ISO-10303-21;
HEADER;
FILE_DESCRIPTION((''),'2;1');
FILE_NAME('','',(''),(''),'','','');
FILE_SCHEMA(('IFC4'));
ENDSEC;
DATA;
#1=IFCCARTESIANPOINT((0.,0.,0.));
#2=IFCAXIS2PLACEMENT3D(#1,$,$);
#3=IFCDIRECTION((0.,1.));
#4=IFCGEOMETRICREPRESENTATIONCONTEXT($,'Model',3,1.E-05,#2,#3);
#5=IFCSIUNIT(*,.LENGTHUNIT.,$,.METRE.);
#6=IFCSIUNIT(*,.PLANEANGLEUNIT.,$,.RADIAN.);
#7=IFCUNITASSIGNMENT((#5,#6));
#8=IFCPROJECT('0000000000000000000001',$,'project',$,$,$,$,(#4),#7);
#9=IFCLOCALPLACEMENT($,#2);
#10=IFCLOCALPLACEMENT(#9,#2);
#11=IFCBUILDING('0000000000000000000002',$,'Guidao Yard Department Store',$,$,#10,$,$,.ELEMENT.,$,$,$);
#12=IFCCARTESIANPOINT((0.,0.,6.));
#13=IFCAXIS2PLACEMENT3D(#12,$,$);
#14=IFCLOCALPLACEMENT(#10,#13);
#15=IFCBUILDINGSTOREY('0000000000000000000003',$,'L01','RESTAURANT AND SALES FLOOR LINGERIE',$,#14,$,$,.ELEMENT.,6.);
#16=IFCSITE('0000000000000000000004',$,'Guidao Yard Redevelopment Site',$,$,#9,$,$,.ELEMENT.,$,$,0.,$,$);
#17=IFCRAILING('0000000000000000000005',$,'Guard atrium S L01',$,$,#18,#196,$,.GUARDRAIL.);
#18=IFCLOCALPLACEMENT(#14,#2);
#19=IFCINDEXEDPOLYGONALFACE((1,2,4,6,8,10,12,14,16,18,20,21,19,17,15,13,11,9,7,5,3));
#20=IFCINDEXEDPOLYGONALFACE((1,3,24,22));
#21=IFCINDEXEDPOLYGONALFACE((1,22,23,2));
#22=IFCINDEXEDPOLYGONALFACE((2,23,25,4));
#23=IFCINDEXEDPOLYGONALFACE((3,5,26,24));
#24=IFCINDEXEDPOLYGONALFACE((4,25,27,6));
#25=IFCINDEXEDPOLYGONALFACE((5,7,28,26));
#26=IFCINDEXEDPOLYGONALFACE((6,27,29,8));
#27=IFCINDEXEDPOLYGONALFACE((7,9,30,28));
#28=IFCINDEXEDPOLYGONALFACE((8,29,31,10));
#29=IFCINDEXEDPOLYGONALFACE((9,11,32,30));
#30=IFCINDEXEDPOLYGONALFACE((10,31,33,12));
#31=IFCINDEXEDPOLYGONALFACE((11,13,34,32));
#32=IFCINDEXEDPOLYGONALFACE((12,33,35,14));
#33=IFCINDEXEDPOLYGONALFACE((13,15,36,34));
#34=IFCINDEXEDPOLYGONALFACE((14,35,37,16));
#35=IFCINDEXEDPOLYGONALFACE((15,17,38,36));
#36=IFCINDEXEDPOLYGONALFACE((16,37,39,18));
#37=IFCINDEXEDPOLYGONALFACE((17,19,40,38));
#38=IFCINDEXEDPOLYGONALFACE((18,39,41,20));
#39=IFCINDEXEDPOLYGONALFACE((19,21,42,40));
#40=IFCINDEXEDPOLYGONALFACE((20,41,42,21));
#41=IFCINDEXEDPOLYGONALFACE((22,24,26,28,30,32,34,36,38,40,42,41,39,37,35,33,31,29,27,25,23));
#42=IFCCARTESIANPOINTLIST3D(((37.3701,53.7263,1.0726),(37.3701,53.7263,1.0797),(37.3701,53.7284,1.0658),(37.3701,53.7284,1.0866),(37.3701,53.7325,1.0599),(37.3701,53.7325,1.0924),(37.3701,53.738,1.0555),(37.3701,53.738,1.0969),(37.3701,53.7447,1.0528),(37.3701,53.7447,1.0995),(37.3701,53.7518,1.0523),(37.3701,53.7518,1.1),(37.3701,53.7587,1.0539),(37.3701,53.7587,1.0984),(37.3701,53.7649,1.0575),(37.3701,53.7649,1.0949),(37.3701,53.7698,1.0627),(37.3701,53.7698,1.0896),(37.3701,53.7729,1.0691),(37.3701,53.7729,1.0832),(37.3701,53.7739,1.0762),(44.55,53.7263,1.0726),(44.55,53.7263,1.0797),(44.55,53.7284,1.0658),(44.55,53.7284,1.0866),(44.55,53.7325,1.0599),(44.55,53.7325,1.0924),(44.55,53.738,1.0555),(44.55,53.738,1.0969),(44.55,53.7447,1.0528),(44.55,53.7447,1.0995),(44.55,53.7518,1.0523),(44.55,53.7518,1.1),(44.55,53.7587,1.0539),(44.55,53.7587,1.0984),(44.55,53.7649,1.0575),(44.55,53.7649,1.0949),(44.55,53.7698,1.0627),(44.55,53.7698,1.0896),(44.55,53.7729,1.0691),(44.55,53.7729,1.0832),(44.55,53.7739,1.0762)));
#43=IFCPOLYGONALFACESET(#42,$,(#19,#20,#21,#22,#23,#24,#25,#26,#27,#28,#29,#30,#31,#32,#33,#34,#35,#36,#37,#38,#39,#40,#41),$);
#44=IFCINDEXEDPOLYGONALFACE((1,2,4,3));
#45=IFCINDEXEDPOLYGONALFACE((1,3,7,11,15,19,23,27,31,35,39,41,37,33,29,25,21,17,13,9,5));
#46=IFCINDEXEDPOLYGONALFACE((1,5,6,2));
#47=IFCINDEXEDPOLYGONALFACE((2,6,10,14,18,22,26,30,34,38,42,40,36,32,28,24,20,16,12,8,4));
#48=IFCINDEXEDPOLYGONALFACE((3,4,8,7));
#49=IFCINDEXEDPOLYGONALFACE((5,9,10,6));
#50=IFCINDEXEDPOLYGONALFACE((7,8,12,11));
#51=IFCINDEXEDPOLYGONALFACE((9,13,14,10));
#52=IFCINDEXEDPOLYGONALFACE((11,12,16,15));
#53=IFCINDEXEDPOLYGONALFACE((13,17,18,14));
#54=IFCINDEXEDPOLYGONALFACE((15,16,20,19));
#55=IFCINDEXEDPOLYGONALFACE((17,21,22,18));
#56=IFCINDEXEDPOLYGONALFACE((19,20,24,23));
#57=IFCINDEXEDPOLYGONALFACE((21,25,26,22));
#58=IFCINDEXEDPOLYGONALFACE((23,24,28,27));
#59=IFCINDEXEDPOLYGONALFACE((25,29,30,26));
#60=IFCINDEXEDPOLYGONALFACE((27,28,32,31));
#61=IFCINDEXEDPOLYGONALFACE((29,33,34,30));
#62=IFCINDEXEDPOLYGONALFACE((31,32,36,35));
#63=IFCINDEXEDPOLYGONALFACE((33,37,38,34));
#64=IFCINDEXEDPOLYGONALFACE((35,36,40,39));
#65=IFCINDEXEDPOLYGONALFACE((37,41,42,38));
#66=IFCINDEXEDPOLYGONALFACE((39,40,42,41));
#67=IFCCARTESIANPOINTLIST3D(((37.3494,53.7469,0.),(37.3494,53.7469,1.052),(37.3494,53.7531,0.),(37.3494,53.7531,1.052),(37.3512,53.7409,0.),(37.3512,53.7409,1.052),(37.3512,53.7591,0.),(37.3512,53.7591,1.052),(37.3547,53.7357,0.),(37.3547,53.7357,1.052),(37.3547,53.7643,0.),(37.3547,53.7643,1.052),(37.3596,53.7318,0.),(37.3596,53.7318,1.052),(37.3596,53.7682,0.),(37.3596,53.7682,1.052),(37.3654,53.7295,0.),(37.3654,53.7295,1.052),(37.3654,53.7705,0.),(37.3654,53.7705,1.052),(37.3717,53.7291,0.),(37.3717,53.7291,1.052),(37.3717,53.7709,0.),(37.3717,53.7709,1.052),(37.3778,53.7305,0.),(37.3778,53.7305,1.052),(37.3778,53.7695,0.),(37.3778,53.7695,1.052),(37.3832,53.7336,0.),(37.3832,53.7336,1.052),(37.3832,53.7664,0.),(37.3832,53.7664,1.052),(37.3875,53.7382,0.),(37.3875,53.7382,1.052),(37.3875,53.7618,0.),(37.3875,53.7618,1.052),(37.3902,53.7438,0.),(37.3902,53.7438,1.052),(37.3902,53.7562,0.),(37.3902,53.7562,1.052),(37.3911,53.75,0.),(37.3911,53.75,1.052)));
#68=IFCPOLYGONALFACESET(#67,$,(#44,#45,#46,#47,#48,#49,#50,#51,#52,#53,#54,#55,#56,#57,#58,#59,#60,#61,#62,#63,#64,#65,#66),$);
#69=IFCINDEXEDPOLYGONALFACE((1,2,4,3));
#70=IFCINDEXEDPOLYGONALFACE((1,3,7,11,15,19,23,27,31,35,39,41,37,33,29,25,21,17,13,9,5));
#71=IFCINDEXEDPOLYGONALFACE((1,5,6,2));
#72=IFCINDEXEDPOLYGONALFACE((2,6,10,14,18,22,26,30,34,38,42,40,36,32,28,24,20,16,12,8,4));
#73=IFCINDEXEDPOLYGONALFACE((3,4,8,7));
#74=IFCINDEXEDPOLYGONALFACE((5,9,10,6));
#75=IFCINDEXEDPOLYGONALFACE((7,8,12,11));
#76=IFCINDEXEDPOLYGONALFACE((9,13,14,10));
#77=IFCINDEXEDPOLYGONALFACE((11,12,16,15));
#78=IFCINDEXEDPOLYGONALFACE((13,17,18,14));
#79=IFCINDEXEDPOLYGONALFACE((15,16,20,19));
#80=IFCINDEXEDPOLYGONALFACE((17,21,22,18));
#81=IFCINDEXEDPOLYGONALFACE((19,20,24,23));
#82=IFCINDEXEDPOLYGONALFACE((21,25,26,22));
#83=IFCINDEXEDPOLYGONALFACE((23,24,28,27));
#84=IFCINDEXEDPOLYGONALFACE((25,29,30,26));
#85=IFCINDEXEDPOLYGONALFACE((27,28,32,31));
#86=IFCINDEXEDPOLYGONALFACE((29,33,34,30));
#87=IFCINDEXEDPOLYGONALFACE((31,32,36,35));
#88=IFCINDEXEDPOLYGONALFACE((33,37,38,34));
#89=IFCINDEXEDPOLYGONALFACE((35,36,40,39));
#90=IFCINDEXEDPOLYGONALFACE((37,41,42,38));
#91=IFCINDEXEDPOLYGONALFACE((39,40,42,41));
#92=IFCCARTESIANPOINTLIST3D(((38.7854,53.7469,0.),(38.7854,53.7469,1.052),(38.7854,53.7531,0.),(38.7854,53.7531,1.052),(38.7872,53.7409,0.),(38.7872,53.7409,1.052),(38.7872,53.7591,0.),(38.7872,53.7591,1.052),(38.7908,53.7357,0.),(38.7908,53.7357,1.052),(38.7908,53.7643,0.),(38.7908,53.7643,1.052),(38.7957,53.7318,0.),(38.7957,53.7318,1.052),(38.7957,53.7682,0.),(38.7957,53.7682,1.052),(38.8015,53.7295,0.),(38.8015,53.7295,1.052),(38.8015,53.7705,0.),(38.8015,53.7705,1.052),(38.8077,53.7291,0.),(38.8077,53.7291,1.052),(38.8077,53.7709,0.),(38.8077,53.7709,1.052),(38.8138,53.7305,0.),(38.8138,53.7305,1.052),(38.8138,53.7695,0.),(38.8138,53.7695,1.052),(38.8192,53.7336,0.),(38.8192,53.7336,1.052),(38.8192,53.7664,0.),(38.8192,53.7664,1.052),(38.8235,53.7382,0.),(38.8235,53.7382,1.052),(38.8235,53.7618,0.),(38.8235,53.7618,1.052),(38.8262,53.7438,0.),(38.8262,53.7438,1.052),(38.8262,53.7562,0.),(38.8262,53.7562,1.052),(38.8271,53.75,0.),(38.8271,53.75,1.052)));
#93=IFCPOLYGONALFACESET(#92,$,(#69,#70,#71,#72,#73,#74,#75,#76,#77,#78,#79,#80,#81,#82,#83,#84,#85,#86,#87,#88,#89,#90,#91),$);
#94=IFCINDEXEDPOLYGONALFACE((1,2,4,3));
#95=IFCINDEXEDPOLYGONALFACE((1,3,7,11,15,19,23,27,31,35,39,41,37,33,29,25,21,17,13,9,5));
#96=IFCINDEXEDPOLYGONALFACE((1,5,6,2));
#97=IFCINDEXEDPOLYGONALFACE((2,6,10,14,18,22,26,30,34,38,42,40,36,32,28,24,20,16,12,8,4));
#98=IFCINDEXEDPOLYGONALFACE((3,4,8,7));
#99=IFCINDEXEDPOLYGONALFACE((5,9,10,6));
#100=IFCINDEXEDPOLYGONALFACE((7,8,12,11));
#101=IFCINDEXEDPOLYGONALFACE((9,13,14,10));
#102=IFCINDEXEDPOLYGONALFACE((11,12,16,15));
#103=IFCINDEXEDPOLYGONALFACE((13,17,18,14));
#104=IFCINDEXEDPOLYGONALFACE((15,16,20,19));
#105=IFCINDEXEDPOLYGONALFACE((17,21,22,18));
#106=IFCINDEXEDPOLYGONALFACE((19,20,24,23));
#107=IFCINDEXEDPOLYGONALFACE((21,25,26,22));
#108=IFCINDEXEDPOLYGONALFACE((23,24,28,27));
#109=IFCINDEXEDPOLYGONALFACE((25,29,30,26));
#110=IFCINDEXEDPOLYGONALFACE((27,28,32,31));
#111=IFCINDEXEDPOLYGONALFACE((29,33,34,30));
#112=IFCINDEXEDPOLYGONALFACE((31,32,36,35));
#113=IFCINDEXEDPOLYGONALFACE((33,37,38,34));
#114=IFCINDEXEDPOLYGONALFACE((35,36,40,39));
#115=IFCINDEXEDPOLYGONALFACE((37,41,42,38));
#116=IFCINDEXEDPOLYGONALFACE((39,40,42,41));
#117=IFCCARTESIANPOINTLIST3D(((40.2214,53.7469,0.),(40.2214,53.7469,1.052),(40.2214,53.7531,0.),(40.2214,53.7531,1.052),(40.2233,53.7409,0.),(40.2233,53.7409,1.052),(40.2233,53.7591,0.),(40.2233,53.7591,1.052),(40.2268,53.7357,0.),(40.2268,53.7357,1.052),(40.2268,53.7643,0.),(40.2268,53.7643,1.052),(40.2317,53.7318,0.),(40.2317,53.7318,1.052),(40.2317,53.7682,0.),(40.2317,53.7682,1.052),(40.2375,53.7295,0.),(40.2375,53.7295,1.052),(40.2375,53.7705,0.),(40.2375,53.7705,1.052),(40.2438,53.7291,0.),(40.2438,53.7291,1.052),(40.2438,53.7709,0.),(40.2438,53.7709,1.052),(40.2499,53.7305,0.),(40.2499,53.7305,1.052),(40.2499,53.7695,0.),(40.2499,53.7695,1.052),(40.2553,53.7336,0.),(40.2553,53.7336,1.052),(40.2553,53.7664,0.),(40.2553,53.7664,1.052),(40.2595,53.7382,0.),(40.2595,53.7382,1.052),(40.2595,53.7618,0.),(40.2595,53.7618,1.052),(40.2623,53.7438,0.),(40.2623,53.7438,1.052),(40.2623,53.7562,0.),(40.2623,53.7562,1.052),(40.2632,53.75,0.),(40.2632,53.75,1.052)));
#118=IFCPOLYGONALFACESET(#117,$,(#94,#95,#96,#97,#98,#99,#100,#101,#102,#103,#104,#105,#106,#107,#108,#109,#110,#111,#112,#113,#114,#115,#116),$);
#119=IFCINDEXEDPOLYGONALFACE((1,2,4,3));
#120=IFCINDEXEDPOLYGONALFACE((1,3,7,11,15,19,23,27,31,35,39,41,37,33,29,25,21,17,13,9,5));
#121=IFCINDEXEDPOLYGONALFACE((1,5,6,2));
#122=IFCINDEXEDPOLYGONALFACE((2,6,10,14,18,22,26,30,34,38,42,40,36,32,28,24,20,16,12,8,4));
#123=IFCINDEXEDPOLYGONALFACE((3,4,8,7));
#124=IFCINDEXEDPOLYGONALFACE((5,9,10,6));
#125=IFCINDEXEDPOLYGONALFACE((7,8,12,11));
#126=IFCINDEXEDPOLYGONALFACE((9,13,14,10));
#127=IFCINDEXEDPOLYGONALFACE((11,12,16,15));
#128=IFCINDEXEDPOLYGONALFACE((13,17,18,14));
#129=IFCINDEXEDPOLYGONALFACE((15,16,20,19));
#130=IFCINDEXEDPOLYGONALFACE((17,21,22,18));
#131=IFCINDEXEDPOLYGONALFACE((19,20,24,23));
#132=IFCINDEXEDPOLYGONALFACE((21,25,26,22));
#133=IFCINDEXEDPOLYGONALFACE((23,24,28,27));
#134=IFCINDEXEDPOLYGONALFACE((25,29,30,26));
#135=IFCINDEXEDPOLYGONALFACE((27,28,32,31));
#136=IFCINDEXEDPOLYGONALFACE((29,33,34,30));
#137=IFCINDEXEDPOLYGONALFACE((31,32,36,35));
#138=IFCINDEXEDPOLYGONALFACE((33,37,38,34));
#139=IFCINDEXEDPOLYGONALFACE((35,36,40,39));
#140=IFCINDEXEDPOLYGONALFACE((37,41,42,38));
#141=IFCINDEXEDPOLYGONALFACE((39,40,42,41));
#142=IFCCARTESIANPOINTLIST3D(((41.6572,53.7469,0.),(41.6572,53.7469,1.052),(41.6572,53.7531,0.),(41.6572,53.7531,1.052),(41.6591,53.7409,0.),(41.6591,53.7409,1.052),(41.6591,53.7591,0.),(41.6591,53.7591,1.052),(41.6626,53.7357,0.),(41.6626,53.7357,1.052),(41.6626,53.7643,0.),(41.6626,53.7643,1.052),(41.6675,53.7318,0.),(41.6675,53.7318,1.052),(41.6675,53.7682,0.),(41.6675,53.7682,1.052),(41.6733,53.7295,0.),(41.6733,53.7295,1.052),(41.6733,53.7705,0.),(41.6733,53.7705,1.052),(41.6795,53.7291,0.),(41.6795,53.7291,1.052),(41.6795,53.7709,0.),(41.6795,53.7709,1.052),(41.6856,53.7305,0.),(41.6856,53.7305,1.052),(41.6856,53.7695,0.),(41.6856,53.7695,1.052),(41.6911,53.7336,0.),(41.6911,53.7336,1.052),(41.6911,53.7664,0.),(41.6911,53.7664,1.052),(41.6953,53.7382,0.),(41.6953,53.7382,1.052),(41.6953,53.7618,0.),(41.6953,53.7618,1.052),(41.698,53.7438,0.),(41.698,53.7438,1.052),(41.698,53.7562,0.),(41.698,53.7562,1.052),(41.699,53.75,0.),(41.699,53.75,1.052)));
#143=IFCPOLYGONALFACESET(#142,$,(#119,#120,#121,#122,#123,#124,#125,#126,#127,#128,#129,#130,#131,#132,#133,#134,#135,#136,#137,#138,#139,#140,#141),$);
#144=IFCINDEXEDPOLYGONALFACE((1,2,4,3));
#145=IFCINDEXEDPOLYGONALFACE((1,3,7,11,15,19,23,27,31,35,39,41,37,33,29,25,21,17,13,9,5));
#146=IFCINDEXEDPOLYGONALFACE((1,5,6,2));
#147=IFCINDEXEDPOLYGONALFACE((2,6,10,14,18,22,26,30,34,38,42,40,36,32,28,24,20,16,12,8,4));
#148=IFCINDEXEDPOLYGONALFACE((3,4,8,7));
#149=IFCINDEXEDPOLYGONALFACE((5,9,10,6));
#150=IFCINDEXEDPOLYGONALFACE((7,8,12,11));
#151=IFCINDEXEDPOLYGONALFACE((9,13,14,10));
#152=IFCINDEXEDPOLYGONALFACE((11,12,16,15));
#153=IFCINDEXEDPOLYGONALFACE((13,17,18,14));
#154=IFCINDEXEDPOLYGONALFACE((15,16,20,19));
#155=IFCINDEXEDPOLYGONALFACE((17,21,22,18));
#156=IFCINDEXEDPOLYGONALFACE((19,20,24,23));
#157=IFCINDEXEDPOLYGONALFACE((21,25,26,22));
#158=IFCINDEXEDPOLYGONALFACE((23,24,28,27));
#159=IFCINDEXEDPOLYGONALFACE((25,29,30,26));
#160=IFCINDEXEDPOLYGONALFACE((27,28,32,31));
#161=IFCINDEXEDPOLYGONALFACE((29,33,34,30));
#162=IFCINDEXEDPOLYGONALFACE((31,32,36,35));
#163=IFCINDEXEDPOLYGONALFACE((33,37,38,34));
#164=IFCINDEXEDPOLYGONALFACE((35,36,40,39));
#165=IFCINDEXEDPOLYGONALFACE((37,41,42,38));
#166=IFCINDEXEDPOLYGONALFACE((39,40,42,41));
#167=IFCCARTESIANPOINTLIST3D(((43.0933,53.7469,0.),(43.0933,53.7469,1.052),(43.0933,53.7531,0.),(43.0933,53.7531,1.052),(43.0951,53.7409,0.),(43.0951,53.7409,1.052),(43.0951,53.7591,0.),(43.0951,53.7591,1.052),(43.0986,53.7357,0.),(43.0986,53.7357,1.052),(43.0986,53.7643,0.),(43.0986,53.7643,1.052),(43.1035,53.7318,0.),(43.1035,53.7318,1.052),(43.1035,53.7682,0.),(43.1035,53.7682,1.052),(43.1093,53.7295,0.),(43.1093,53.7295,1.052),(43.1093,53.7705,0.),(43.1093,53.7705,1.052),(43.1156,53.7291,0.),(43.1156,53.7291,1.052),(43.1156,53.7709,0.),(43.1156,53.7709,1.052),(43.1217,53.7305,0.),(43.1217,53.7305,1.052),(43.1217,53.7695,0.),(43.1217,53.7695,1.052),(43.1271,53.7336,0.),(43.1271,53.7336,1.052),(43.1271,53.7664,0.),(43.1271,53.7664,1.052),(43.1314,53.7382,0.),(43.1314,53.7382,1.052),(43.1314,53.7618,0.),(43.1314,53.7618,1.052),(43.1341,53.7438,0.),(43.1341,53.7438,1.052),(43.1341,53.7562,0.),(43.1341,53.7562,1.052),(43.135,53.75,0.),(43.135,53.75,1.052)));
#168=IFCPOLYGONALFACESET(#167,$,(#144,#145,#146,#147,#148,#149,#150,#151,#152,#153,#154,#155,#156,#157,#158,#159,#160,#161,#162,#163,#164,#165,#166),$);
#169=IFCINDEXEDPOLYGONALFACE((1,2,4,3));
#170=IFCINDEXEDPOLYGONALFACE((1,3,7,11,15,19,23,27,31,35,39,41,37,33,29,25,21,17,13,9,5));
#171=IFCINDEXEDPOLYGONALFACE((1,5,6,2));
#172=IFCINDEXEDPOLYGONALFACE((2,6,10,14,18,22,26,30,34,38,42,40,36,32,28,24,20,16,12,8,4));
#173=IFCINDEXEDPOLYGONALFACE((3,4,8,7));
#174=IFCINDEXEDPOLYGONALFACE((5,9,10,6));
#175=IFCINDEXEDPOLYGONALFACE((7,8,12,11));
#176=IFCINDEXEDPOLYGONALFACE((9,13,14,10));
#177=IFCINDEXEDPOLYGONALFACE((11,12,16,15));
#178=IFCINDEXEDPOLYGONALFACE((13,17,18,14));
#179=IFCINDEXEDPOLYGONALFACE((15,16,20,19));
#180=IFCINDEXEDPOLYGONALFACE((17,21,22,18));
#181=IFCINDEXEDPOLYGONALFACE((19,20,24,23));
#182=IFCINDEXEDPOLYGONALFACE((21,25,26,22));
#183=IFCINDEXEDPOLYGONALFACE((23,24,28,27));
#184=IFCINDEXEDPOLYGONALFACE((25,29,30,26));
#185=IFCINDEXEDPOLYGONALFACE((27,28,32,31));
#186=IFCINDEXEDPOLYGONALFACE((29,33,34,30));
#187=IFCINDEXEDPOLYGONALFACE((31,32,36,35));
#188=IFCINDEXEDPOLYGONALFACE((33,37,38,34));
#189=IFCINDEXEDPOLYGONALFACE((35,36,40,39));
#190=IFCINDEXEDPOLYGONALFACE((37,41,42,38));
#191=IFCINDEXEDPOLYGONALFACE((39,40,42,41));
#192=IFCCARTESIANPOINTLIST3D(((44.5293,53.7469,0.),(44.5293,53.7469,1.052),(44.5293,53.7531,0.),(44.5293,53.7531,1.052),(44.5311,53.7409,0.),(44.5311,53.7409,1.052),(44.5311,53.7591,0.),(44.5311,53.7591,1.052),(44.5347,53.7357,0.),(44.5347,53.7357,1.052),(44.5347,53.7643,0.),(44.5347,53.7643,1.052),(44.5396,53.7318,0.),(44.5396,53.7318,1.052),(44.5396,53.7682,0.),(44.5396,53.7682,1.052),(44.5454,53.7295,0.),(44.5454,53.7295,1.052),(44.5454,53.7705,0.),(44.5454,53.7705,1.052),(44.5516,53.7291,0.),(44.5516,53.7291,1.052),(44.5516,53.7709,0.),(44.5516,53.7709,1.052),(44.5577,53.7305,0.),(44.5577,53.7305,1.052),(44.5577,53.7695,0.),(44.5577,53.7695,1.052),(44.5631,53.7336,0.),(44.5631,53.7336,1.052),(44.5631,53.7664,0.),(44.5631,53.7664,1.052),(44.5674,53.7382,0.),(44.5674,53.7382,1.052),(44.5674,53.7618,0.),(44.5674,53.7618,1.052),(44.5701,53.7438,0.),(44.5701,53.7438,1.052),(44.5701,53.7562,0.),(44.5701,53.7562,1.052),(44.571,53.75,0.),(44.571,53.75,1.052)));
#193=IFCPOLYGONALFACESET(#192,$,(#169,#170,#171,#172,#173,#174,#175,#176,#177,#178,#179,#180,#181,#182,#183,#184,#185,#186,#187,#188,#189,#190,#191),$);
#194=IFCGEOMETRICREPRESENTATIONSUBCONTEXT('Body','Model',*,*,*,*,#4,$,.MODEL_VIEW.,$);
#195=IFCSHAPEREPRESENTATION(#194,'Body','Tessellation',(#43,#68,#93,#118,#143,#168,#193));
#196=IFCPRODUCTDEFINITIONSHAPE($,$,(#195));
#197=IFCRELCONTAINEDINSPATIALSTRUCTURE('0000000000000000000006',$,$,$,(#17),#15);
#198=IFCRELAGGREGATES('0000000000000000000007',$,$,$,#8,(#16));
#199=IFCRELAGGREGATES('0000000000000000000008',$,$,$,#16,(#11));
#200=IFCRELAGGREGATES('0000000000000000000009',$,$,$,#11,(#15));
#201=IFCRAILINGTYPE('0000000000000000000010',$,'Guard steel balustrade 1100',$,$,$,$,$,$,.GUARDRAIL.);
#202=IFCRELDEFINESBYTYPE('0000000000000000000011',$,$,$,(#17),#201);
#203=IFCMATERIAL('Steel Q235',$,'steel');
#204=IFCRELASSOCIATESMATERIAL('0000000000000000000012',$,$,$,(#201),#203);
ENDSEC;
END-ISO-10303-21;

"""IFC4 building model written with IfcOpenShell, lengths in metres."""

from ifc_helpers import new_model, si_unit, direction, frame, origin, origin_2d, place, context, subcontext, project, spatial, circle, extrude, material, type_object, element, save


model = new_model("IFC4")

# Units and contexts
model_context = context("Model", 3, precision=1e-05, world=origin(), true_north=direction((0.0, 1.0)))
body_context = subcontext(model_context, "Body", "Model", "MODEL_VIEW")
ifc_project = project(units=[si_unit("LENGTHUNIT", "METRE"), si_unit("PLANEANGLEUNIT", "RADIAN")], contexts=[model_context])

# Site, building, storey
site_placement = place(None, origin())
site = spatial("IfcSite", under=ifc_project, at=site_placement, Name="Guidao Yard Redevelopment Site", CompositionType="ELEMENT", RefElevation=0.0)
building_placement = place(site_placement, origin())
building = spatial("IfcBuilding", under=site, at=building_placement, Name="Guidao Yard Department Store", CompositionType="ELEMENT")
storey_placement = place(building_placement, frame((0.0, 0.0, 6.0)))
storey = spatial("IfcBuildingStorey", under=building, at=storey_placement, Name="L01", Description="RESTAURANT AND SALES FLOOR LINGERIE", CompositionType="ELEMENT", Elevation=6.0)

# Railing
ifc_material_1 = material(Name="Steel Q235", Category="steel")
railing_type = type_object("IfcRailingType", Name="Guard steel balustrade 1100", PredefinedType="GUARDRAIL", material=ifc_material_1)
for number, where, name in (
    (1, (37.3701, 53.75, 0.0), "Guard atrium S L01"),
):
    element("IfcRailing", number, at=place(storey_placement, frame(where)), inside=storey, type_object=railing_type, Name=name, PredefinedType="GUARDRAIL", context=body_context, shape_type="SweptSolid", body=[
        extrude(circle(Radius=0.0239, at=origin_2d()), frame((0.0, 0.0, 1.0762), z_axis=(1.0, 0.0, 0.0), x_axis=(0.0, 1.0, 0.0)), (0.0, 0.0, 1.0), 7.1799),
        extrude(circle(Radius=0.021, at=origin_2d()), origin(), (0.0, 0.0, 1.0), 1.052),
        extrude(circle(Radius=0.021, at=origin_2d()), frame((1.436, 0.0, 0.0)), (0.0, 0.0, 1.0), 1.052),
        extrude(circle(Radius=0.021, at=origin_2d()), frame((2.8721, 0.0, 0.0)), (0.0, 0.0, 1.0), 1.052),
        extrude(circle(Radius=0.021, at=origin_2d()), frame((4.3079, 0.0, 0.0)), (0.0, 0.0, 1.0), 1.052),
        extrude(circle(Radius=0.021, at=origin_2d()), frame((5.7439, 0.0, 0.0)), (0.0, 0.0, 1.0), 1.052),
        extrude(circle(Radius=0.021, at=origin_2d()), frame((7.1799, 0.0, 0.0)), (0.0, 0.0, 1.0), 1.052),
    ])

save(model, "model.ifc")
